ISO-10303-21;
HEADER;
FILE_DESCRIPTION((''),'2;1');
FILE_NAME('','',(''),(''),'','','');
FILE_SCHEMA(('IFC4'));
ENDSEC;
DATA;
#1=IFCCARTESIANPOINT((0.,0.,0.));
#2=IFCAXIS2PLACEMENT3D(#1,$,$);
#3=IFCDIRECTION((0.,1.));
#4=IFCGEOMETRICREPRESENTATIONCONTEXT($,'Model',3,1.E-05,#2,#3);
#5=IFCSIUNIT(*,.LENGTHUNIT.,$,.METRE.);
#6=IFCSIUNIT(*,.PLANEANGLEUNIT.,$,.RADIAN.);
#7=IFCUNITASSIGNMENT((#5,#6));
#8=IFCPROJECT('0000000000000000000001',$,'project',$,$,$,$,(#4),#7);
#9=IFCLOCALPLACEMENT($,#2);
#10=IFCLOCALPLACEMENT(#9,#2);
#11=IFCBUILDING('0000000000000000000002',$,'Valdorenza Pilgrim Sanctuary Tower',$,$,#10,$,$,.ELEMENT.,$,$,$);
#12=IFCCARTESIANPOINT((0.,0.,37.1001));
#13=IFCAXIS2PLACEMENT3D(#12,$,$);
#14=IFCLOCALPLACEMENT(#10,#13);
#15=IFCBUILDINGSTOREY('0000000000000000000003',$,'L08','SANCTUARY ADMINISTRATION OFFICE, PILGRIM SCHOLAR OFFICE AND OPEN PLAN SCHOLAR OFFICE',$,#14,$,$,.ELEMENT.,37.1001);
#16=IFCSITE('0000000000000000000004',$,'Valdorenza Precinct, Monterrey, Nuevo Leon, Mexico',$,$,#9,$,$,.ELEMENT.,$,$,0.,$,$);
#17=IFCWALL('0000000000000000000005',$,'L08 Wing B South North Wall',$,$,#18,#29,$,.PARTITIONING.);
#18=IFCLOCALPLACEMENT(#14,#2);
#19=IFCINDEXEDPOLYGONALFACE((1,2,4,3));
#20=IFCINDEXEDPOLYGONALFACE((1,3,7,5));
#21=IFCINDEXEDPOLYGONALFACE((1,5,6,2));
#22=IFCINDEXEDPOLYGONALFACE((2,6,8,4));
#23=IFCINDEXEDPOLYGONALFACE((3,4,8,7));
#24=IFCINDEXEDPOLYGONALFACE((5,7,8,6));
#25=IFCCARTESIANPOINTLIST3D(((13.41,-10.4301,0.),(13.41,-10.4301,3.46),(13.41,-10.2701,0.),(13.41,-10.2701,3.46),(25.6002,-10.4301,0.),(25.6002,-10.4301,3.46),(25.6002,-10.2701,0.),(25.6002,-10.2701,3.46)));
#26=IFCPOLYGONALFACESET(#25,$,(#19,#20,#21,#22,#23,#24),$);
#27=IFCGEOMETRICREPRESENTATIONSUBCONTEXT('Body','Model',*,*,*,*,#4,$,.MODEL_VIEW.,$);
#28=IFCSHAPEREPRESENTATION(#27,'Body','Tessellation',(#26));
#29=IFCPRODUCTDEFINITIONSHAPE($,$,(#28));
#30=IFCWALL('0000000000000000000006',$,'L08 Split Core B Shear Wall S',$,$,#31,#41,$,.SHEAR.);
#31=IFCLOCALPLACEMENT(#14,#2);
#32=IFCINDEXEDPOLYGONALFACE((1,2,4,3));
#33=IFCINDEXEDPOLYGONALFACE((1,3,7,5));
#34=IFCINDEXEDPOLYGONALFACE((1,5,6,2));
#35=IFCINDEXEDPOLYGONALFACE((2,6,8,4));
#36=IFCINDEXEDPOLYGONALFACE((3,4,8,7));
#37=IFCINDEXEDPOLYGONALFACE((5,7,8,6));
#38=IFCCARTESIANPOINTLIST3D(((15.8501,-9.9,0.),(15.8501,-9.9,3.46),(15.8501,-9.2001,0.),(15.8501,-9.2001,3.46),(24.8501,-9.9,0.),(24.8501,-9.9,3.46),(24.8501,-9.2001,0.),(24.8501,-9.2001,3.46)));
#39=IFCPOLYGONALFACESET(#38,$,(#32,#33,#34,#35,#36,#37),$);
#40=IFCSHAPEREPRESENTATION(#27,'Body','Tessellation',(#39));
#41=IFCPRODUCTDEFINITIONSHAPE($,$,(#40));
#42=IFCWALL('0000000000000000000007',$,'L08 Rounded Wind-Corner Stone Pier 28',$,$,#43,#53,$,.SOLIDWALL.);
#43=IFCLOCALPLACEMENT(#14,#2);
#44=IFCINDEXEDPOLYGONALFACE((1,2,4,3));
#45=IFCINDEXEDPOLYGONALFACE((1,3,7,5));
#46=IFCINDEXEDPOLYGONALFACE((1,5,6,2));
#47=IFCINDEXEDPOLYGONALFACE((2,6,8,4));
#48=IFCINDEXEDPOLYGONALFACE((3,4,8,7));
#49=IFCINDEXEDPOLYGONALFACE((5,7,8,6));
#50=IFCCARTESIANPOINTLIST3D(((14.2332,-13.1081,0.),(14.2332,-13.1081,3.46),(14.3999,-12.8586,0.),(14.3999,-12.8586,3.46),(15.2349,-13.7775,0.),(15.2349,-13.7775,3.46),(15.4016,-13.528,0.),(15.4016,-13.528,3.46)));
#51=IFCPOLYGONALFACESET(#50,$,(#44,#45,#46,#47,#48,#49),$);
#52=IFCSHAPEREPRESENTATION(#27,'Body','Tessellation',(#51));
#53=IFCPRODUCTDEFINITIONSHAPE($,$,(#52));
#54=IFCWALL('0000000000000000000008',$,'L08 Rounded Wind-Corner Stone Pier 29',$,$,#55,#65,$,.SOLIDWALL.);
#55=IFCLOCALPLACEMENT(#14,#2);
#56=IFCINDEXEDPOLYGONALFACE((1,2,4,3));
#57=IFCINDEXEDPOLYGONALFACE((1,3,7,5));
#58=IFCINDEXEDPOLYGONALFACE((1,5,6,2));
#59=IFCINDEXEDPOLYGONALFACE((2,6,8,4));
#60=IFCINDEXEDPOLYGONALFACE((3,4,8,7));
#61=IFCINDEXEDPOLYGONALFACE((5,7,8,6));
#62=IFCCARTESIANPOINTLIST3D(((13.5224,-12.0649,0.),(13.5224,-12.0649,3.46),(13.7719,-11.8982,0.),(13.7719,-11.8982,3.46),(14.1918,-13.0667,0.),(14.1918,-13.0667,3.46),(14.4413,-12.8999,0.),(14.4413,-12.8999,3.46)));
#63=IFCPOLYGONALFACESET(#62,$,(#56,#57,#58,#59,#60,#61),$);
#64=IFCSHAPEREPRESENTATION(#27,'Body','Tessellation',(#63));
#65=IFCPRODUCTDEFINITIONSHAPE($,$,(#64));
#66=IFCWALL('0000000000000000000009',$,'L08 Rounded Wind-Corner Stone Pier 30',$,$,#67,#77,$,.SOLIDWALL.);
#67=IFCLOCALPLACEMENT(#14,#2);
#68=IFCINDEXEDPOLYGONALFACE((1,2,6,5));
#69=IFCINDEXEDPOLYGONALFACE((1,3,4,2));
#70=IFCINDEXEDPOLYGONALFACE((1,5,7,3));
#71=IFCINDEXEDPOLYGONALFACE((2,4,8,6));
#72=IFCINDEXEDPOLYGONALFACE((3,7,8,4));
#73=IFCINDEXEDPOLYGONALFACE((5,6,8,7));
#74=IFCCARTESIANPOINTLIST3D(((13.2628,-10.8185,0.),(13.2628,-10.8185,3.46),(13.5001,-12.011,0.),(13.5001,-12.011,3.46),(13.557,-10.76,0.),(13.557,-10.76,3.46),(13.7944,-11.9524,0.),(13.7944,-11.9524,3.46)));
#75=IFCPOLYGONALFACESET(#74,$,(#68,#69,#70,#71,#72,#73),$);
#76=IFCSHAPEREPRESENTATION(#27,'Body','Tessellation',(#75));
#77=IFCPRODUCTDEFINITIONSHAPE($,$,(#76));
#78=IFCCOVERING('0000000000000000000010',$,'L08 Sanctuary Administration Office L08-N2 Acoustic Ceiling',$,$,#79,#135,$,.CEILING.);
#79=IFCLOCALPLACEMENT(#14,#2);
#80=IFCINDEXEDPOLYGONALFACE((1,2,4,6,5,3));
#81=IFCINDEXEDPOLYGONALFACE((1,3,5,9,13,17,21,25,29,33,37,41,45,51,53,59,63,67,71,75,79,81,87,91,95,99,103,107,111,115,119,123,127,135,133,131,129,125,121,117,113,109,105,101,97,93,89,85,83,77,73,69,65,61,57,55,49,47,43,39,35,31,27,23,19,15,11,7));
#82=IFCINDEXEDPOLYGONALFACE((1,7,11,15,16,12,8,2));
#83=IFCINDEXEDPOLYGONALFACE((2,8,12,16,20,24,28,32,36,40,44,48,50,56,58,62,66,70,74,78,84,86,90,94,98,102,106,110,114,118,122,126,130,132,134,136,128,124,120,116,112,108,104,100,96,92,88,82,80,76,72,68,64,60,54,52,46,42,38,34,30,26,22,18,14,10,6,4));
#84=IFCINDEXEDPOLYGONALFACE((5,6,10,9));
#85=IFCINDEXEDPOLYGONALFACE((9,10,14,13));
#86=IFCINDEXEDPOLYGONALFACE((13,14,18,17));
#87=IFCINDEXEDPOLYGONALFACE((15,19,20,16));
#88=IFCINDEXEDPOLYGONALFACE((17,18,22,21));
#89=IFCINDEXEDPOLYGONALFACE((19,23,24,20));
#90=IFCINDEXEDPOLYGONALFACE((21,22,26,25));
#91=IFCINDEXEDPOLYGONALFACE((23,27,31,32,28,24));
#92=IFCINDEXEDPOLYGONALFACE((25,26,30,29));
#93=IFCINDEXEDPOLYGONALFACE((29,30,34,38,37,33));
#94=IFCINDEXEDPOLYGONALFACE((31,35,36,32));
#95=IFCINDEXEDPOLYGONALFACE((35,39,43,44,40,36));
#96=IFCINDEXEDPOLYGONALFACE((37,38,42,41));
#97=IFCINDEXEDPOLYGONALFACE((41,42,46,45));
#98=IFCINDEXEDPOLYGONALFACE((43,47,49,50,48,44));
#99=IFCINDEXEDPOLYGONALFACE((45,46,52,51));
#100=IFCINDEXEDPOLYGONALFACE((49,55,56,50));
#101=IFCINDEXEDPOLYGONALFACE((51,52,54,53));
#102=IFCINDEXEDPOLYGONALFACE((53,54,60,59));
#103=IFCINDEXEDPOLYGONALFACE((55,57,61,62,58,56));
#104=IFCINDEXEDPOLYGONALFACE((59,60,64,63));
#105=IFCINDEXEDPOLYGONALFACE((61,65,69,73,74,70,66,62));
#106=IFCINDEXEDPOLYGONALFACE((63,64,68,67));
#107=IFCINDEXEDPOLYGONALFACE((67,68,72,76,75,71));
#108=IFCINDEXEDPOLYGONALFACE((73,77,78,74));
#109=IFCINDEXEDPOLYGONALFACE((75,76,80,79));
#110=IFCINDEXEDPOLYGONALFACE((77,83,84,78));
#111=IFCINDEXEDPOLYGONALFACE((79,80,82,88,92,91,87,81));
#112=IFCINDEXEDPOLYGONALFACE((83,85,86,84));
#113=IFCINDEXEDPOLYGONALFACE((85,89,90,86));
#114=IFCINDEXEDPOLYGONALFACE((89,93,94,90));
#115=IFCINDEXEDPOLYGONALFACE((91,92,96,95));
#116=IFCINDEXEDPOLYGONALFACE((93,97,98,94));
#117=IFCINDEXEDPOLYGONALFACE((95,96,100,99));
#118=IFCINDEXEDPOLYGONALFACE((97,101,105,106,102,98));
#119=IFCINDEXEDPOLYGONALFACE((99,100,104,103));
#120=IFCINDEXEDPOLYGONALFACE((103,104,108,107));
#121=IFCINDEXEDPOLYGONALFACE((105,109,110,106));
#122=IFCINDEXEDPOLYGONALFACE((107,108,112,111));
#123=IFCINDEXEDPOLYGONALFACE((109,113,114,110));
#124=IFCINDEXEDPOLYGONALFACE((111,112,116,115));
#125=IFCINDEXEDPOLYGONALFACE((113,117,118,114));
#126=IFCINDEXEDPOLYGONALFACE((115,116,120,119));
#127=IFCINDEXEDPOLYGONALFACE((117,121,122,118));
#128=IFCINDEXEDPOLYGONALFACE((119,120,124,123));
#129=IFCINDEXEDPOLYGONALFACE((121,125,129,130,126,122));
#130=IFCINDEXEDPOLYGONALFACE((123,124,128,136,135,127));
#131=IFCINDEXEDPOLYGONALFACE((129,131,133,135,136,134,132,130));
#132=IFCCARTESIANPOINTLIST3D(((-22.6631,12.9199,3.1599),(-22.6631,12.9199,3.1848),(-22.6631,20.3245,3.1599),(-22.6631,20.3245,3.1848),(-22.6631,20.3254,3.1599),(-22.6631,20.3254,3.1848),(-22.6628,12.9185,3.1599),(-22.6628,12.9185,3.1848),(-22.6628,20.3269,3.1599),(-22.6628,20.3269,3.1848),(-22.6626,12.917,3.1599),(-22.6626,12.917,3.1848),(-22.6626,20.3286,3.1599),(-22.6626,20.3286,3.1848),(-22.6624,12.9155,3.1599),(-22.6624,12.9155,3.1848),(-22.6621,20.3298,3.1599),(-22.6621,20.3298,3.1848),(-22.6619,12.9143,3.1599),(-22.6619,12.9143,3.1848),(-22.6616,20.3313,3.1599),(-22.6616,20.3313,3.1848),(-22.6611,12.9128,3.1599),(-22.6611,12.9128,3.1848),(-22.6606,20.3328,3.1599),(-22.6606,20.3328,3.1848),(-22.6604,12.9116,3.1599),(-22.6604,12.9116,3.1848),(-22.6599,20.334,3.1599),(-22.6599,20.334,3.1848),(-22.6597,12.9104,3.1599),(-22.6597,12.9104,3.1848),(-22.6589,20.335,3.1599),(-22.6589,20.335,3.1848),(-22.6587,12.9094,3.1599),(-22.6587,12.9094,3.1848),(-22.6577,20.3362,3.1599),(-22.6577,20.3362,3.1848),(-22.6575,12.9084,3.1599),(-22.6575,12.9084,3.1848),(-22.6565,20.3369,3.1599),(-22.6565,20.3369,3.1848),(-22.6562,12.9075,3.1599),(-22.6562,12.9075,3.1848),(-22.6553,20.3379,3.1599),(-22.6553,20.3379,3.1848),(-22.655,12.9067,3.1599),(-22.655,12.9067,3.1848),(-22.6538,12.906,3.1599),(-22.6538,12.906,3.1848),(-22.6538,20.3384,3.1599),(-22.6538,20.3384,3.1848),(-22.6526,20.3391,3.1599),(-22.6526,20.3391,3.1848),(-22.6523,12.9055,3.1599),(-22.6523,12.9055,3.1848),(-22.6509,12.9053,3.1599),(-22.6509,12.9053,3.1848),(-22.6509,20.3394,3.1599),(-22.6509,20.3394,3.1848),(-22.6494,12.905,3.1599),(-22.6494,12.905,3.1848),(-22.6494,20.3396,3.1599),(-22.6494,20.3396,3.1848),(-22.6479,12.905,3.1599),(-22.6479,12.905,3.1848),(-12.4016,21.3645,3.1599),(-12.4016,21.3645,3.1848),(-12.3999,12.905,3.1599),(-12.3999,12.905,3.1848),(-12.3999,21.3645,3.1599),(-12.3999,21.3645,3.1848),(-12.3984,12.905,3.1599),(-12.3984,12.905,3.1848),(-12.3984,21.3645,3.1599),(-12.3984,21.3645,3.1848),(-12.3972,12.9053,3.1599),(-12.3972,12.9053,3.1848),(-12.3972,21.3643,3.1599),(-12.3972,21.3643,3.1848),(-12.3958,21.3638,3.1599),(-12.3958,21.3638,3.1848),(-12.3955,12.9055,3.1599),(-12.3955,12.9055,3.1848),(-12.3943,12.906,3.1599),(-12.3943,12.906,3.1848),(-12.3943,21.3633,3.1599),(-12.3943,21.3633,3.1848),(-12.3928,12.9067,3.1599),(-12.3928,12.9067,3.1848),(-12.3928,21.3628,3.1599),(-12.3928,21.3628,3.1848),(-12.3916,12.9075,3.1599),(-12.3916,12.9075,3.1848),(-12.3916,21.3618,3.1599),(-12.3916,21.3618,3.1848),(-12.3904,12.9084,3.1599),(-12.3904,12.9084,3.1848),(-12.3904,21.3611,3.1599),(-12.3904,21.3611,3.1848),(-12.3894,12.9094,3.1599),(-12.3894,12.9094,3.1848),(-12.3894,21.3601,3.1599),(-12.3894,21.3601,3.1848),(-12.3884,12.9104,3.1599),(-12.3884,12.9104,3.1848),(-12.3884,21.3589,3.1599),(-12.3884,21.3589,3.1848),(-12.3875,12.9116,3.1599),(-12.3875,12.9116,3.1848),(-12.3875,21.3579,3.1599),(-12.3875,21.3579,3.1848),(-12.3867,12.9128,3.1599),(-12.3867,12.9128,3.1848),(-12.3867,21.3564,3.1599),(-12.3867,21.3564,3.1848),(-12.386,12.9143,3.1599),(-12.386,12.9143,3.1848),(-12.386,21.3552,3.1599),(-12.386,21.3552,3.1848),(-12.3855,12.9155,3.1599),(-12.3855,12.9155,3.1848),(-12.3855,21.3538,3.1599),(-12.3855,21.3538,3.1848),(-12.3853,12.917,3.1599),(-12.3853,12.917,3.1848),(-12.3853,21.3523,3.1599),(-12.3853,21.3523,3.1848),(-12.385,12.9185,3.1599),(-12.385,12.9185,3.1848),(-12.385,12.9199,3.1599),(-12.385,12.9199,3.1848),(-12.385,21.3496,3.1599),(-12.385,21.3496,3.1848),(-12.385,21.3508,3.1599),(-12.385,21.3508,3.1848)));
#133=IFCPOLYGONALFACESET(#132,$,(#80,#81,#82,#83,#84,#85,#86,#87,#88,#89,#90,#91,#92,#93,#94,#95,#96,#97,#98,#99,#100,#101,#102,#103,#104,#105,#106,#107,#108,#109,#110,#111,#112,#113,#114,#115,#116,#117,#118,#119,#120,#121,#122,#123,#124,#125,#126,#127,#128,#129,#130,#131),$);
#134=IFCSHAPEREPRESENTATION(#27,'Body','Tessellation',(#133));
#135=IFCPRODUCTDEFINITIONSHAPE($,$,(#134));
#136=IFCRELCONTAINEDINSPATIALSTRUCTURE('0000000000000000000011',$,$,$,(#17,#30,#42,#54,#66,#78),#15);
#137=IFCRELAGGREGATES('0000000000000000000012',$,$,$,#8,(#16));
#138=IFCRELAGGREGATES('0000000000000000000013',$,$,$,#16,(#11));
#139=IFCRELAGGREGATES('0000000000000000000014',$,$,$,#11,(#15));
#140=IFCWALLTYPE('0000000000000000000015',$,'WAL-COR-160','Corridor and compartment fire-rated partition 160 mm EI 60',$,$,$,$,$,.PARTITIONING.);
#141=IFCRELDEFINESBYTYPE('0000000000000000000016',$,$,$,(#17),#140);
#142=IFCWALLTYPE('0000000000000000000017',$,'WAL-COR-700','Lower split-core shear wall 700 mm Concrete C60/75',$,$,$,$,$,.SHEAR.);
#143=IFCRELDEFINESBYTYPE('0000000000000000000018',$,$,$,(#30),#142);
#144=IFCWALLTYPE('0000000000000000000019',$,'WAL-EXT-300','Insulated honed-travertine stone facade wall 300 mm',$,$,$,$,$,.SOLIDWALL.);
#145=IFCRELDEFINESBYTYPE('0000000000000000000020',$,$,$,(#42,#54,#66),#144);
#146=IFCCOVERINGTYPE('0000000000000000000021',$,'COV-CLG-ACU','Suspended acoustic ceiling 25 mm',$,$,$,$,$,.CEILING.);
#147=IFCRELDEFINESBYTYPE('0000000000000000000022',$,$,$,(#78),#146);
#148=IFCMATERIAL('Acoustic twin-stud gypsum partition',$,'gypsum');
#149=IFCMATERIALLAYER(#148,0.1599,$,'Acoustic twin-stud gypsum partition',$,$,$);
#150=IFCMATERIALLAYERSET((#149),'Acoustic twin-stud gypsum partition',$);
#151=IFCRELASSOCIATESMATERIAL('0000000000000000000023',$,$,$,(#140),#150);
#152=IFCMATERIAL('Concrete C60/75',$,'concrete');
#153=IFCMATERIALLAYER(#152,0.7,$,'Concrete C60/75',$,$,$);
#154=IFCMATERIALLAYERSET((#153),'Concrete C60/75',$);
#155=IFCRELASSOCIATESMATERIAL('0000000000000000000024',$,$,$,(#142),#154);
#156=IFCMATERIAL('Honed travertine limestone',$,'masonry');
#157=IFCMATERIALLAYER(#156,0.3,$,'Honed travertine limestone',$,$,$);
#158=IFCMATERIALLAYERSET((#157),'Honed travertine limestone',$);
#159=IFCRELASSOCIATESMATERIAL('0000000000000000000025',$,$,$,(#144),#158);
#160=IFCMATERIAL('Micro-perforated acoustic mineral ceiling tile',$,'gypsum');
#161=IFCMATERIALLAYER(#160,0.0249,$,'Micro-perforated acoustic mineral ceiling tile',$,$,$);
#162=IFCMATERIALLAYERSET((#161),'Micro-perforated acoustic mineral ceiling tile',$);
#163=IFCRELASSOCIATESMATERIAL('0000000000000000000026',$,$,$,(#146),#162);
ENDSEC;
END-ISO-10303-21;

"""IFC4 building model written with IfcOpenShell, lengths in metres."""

from ifc_helpers import new_model, si_unit, direction, frame, frame_2d, origin, place, context, subcontext, project, spatial, polyline, rectangle, outline, extrude, material, layer, layer_set, type_object, element, save


model = new_model("IFC4")

# Units and contexts
model_context = context("Model", 3, precision=1e-05, world=origin(), true_north=direction((0.0, 1.0)))
body_context = subcontext(model_context, "Body", "Model", "MODEL_VIEW")
ifc_project = project(units=[si_unit("LENGTHUNIT", "METRE"), si_unit("PLANEANGLEUNIT", "RADIAN")], contexts=[model_context])

# Site, building, storey
site_placement = place(None, origin())
site = spatial("IfcSite", under=ifc_project, at=site_placement, Name="Valdorenza Precinct, Monterrey, Nuevo Leon, Mexico", CompositionType="ELEMENT", RefElevation=0.0)
building_placement = place(site_placement, origin())
building = spatial("IfcBuilding", under=site, at=building_placement, Name="Valdorenza Pilgrim Sanctuary Tower", CompositionType="ELEMENT")
storey_placement = place(building_placement, frame((0.0, 0.0, 37.1001)))
storey = spatial("IfcBuildingStorey", under=building, at=storey_placement, Name="L08", Description="SANCTUARY ADMINISTRATION OFFICE, PILGRIM SCHOLAR OFFICE AND OPEN PLAN SCHOLAR OFFICE", CompositionType="ELEMENT", Elevation=37.1001)

# Shared definitions
ifc_material_1 = material(Name="Concrete C60/75", Category="concrete")

# Shared definitions
ifc_material_2 = material(Name="Honed travertine limestone", Category="masonry")

# Walls
ifc_material_3 = material(Name="Acoustic twin-stud gypsum partition", Category="gypsum")
ifc_layer_1 = layer(ifc_material_3, 0.1599, Name="Acoustic twin-stud gypsum partition")
ifc_layer_set_1 = layer_set([ifc_layer_1], Name="Acoustic twin-stud gypsum partition")
wall_type_1 = type_object("IfcWallType", Name="WAL-COR-160", Description="Corridor and compartment fire-rated partition 160 mm EI 60", PredefinedType="PARTITIONING", material=ifc_layer_set_1)
wall_1_placement = place(storey_placement, frame((13.4099, -10.3501, 0.0), z_axis=(0.0, 0.0, 1.0), x_axis=(1.0, 0.0, 0.0)))
element("IfcWall", 1, at=wall_1_placement, inside=storey, type_object=wall_type_1, Name="L08 Wing B South North Wall", PredefinedType="PARTITIONING", context=body_context, shape_type="SweptSolid", body=[
    extrude(rectangle(XDim=12.1902, YDim=0.1599, at=frame_2d((6.0952, 0.0))), origin(), (0.0, 0.0, 1.0), 3.46),
])
ifc_layer_2 = layer(ifc_material_1, 0.7, Name="Concrete C60/75")
ifc_layer_set_2 = layer_set([ifc_layer_2], Name="Concrete C60/75")
wall_type_2 = type_object("IfcWallType", Name="WAL-COR-700", Description="Lower split-core shear wall 700 mm Concrete C60/75", PredefinedType="SHEAR", material=ifc_layer_set_2)
wall_2_placement = place(storey_placement, frame((15.8501, -9.55, 0.0), z_axis=(0.0, 0.0, 1.0), x_axis=(1.0, 0.0, 0.0)))
element("IfcWall", 2, at=wall_2_placement, inside=storey, type_object=wall_type_2, Name="L08 Split Core B Shear Wall S", PredefinedType="SHEAR", context=body_context, shape_type="SweptSolid", body=[
    extrude(rectangle(XDim=9.0, YDim=0.7, at=frame_2d((4.5, 0.0))), origin(), (0.0, 0.0, 1.0), 3.46),
])
ifc_layer_3 = layer(ifc_material_2, 0.3, Name="Honed travertine limestone")
ifc_layer_set_3 = layer_set([ifc_layer_3], Name="Honed travertine limestone")
wall_type_3 = type_object("IfcWallType", Name="WAL-EXT-300", Description="Insulated honed-travertine stone facade wall 300 mm", PredefinedType="SOLIDWALL", material=ifc_layer_set_3)
for number, where, z_axis, x_axis, name in (
    (3, (15.3184, -13.6528, 0.0), (0.0, 0.0, 1.0), (-0.831426, 0.555635, 0.0), "L08 Rounded Wind-Corner Stone Pier 28"),
    (4, (14.3167, -12.9834, 0.0), (0.0, 0.0, 1.0), (-0.555635, 0.831426, 0.0), "L08 Rounded Wind-Corner Stone Pier 29"),
):
    element("IfcWall", number, at=place(storey_placement, frame(where, z_axis=z_axis, x_axis=x_axis)), inside=storey, type_object=wall_type_3, Name=name, PredefinedType="SOLIDWALL", context=body_context, shape_type="SweptSolid", body=[
        extrude(rectangle(XDim=1.2048, YDim=0.3, at=frame_2d((0.6025, 0.0))), origin(), (0.0, 0.0, 1.0), 3.46),
    ])
wall_3_placement = place(storey_placement, frame((13.6472, -11.9817, 0.0), z_axis=(0.0, 0.0, 1.0), x_axis=(-0.195189, 0.980766, 0.0)))
element("IfcWall", 5, at=wall_3_placement, inside=storey, type_object=wall_type_3, Name="L08 Rounded Wind-Corner Stone Pier 30", PredefinedType="SOLIDWALL", context=body_context, shape_type="SweptSolid", body=[
    extrude(rectangle(XDim=1.2158, YDim=0.3, at=frame_2d((0.6079, 0.0))), origin(), (0.0, 0.0, 1.0), 3.46),
])

# Covering
ifc_material_4 = material(Name="Micro-perforated acoustic mineral ceiling tile", Category="gypsum")
ifc_layer_4 = layer(ifc_material_4, 0.0249, Name="Micro-perforated acoustic mineral ceiling tile")
ifc_layer_set_4 = layer_set([ifc_layer_4], Name="Micro-perforated acoustic mineral ceiling tile")
covering_type_1 = type_object("IfcCoveringType", Name="COV-CLG-ACU", Description="Suspended acoustic ceiling 25 mm", PredefinedType="CEILING", material=ifc_layer_set_4)
covering_1_placement = place(storey_placement, frame((0.0, 0.0, 3.1599)))
element("IfcCovering", 6, at=covering_1_placement, inside=storey, type_object=covering_type_1, Name="L08 Sanctuary Administration Office L08-N2 Acoustic Ceiling", PredefinedType="CEILING", context=body_context, shape_type="SweptSolid", body=[
    extrude(outline(polyline([(-22.6631, 20.3245), (-22.6631, 20.3254), (-22.6628, 20.3269), (-22.6626, 20.3286), (-22.6621, 20.3298), (-22.6616, 20.3313), (-22.6606, 20.3328), (-22.6599, 20.334), (-22.6589, 20.335), (-22.6577, 20.3362), (-22.6565, 20.3369), (-22.6553, 20.3379), (-22.6538, 20.3384), (-22.6526, 20.3391), (-22.6509, 20.3394), (-22.6494, 20.3396), (-12.4016, 21.3645), (-12.3999, 21.3645), (-12.3984, 21.3645), (-12.3972, 21.3643), (-12.3958, 21.3638), (-12.3943, 21.3633), (-12.3928, 21.3628), (-12.3916, 21.3618), (-12.3904, 21.3611), (-12.3894, 21.3601), (-12.3884, 21.3589), (-12.3875, 21.3579), (-12.3867, 21.3564), (-12.386, 21.3552), (-12.3855, 21.3538), (-12.3853, 21.3523), (-12.385, 21.3508), (-12.385, 21.3496), (-12.385, 12.9199), (-12.385, 12.9185), (-12.3853, 12.917), (-12.3855, 12.9155), (-12.386, 12.9143), (-12.3867, 12.9128), (-12.3875, 12.9116), (-12.3884, 12.9104), (-12.3894, 12.9094), (-12.3904, 12.9084), (-12.3916, 12.9075), (-12.3928, 12.9067), (-12.3943, 12.906), (-12.3955, 12.9055), (-12.3972, 12.9053), (-12.3984, 12.905), (-12.3999, 12.905), (-22.6479, 12.905), (-22.6494, 12.905), (-22.6509, 12.9053), (-22.6523, 12.9055), (-22.6538, 12.906), (-22.655, 12.9067), (-22.6562, 12.9075), (-22.6575, 12.9084), (-22.6587, 12.9094), (-22.6597, 12.9104), (-22.6604, 12.9116), (-22.6611, 12.9128), (-22.6619, 12.9143), (-22.6624, 12.9155), (-22.6626, 12.917), (-22.6628, 12.9185), (-22.6631, 12.9199), (-22.6631, 20.3245), (-22.6631, 20.3245)])), origin(), (0.0, 0.0, 1.0), 0.0249),
])

save(model, "model.ifc")
